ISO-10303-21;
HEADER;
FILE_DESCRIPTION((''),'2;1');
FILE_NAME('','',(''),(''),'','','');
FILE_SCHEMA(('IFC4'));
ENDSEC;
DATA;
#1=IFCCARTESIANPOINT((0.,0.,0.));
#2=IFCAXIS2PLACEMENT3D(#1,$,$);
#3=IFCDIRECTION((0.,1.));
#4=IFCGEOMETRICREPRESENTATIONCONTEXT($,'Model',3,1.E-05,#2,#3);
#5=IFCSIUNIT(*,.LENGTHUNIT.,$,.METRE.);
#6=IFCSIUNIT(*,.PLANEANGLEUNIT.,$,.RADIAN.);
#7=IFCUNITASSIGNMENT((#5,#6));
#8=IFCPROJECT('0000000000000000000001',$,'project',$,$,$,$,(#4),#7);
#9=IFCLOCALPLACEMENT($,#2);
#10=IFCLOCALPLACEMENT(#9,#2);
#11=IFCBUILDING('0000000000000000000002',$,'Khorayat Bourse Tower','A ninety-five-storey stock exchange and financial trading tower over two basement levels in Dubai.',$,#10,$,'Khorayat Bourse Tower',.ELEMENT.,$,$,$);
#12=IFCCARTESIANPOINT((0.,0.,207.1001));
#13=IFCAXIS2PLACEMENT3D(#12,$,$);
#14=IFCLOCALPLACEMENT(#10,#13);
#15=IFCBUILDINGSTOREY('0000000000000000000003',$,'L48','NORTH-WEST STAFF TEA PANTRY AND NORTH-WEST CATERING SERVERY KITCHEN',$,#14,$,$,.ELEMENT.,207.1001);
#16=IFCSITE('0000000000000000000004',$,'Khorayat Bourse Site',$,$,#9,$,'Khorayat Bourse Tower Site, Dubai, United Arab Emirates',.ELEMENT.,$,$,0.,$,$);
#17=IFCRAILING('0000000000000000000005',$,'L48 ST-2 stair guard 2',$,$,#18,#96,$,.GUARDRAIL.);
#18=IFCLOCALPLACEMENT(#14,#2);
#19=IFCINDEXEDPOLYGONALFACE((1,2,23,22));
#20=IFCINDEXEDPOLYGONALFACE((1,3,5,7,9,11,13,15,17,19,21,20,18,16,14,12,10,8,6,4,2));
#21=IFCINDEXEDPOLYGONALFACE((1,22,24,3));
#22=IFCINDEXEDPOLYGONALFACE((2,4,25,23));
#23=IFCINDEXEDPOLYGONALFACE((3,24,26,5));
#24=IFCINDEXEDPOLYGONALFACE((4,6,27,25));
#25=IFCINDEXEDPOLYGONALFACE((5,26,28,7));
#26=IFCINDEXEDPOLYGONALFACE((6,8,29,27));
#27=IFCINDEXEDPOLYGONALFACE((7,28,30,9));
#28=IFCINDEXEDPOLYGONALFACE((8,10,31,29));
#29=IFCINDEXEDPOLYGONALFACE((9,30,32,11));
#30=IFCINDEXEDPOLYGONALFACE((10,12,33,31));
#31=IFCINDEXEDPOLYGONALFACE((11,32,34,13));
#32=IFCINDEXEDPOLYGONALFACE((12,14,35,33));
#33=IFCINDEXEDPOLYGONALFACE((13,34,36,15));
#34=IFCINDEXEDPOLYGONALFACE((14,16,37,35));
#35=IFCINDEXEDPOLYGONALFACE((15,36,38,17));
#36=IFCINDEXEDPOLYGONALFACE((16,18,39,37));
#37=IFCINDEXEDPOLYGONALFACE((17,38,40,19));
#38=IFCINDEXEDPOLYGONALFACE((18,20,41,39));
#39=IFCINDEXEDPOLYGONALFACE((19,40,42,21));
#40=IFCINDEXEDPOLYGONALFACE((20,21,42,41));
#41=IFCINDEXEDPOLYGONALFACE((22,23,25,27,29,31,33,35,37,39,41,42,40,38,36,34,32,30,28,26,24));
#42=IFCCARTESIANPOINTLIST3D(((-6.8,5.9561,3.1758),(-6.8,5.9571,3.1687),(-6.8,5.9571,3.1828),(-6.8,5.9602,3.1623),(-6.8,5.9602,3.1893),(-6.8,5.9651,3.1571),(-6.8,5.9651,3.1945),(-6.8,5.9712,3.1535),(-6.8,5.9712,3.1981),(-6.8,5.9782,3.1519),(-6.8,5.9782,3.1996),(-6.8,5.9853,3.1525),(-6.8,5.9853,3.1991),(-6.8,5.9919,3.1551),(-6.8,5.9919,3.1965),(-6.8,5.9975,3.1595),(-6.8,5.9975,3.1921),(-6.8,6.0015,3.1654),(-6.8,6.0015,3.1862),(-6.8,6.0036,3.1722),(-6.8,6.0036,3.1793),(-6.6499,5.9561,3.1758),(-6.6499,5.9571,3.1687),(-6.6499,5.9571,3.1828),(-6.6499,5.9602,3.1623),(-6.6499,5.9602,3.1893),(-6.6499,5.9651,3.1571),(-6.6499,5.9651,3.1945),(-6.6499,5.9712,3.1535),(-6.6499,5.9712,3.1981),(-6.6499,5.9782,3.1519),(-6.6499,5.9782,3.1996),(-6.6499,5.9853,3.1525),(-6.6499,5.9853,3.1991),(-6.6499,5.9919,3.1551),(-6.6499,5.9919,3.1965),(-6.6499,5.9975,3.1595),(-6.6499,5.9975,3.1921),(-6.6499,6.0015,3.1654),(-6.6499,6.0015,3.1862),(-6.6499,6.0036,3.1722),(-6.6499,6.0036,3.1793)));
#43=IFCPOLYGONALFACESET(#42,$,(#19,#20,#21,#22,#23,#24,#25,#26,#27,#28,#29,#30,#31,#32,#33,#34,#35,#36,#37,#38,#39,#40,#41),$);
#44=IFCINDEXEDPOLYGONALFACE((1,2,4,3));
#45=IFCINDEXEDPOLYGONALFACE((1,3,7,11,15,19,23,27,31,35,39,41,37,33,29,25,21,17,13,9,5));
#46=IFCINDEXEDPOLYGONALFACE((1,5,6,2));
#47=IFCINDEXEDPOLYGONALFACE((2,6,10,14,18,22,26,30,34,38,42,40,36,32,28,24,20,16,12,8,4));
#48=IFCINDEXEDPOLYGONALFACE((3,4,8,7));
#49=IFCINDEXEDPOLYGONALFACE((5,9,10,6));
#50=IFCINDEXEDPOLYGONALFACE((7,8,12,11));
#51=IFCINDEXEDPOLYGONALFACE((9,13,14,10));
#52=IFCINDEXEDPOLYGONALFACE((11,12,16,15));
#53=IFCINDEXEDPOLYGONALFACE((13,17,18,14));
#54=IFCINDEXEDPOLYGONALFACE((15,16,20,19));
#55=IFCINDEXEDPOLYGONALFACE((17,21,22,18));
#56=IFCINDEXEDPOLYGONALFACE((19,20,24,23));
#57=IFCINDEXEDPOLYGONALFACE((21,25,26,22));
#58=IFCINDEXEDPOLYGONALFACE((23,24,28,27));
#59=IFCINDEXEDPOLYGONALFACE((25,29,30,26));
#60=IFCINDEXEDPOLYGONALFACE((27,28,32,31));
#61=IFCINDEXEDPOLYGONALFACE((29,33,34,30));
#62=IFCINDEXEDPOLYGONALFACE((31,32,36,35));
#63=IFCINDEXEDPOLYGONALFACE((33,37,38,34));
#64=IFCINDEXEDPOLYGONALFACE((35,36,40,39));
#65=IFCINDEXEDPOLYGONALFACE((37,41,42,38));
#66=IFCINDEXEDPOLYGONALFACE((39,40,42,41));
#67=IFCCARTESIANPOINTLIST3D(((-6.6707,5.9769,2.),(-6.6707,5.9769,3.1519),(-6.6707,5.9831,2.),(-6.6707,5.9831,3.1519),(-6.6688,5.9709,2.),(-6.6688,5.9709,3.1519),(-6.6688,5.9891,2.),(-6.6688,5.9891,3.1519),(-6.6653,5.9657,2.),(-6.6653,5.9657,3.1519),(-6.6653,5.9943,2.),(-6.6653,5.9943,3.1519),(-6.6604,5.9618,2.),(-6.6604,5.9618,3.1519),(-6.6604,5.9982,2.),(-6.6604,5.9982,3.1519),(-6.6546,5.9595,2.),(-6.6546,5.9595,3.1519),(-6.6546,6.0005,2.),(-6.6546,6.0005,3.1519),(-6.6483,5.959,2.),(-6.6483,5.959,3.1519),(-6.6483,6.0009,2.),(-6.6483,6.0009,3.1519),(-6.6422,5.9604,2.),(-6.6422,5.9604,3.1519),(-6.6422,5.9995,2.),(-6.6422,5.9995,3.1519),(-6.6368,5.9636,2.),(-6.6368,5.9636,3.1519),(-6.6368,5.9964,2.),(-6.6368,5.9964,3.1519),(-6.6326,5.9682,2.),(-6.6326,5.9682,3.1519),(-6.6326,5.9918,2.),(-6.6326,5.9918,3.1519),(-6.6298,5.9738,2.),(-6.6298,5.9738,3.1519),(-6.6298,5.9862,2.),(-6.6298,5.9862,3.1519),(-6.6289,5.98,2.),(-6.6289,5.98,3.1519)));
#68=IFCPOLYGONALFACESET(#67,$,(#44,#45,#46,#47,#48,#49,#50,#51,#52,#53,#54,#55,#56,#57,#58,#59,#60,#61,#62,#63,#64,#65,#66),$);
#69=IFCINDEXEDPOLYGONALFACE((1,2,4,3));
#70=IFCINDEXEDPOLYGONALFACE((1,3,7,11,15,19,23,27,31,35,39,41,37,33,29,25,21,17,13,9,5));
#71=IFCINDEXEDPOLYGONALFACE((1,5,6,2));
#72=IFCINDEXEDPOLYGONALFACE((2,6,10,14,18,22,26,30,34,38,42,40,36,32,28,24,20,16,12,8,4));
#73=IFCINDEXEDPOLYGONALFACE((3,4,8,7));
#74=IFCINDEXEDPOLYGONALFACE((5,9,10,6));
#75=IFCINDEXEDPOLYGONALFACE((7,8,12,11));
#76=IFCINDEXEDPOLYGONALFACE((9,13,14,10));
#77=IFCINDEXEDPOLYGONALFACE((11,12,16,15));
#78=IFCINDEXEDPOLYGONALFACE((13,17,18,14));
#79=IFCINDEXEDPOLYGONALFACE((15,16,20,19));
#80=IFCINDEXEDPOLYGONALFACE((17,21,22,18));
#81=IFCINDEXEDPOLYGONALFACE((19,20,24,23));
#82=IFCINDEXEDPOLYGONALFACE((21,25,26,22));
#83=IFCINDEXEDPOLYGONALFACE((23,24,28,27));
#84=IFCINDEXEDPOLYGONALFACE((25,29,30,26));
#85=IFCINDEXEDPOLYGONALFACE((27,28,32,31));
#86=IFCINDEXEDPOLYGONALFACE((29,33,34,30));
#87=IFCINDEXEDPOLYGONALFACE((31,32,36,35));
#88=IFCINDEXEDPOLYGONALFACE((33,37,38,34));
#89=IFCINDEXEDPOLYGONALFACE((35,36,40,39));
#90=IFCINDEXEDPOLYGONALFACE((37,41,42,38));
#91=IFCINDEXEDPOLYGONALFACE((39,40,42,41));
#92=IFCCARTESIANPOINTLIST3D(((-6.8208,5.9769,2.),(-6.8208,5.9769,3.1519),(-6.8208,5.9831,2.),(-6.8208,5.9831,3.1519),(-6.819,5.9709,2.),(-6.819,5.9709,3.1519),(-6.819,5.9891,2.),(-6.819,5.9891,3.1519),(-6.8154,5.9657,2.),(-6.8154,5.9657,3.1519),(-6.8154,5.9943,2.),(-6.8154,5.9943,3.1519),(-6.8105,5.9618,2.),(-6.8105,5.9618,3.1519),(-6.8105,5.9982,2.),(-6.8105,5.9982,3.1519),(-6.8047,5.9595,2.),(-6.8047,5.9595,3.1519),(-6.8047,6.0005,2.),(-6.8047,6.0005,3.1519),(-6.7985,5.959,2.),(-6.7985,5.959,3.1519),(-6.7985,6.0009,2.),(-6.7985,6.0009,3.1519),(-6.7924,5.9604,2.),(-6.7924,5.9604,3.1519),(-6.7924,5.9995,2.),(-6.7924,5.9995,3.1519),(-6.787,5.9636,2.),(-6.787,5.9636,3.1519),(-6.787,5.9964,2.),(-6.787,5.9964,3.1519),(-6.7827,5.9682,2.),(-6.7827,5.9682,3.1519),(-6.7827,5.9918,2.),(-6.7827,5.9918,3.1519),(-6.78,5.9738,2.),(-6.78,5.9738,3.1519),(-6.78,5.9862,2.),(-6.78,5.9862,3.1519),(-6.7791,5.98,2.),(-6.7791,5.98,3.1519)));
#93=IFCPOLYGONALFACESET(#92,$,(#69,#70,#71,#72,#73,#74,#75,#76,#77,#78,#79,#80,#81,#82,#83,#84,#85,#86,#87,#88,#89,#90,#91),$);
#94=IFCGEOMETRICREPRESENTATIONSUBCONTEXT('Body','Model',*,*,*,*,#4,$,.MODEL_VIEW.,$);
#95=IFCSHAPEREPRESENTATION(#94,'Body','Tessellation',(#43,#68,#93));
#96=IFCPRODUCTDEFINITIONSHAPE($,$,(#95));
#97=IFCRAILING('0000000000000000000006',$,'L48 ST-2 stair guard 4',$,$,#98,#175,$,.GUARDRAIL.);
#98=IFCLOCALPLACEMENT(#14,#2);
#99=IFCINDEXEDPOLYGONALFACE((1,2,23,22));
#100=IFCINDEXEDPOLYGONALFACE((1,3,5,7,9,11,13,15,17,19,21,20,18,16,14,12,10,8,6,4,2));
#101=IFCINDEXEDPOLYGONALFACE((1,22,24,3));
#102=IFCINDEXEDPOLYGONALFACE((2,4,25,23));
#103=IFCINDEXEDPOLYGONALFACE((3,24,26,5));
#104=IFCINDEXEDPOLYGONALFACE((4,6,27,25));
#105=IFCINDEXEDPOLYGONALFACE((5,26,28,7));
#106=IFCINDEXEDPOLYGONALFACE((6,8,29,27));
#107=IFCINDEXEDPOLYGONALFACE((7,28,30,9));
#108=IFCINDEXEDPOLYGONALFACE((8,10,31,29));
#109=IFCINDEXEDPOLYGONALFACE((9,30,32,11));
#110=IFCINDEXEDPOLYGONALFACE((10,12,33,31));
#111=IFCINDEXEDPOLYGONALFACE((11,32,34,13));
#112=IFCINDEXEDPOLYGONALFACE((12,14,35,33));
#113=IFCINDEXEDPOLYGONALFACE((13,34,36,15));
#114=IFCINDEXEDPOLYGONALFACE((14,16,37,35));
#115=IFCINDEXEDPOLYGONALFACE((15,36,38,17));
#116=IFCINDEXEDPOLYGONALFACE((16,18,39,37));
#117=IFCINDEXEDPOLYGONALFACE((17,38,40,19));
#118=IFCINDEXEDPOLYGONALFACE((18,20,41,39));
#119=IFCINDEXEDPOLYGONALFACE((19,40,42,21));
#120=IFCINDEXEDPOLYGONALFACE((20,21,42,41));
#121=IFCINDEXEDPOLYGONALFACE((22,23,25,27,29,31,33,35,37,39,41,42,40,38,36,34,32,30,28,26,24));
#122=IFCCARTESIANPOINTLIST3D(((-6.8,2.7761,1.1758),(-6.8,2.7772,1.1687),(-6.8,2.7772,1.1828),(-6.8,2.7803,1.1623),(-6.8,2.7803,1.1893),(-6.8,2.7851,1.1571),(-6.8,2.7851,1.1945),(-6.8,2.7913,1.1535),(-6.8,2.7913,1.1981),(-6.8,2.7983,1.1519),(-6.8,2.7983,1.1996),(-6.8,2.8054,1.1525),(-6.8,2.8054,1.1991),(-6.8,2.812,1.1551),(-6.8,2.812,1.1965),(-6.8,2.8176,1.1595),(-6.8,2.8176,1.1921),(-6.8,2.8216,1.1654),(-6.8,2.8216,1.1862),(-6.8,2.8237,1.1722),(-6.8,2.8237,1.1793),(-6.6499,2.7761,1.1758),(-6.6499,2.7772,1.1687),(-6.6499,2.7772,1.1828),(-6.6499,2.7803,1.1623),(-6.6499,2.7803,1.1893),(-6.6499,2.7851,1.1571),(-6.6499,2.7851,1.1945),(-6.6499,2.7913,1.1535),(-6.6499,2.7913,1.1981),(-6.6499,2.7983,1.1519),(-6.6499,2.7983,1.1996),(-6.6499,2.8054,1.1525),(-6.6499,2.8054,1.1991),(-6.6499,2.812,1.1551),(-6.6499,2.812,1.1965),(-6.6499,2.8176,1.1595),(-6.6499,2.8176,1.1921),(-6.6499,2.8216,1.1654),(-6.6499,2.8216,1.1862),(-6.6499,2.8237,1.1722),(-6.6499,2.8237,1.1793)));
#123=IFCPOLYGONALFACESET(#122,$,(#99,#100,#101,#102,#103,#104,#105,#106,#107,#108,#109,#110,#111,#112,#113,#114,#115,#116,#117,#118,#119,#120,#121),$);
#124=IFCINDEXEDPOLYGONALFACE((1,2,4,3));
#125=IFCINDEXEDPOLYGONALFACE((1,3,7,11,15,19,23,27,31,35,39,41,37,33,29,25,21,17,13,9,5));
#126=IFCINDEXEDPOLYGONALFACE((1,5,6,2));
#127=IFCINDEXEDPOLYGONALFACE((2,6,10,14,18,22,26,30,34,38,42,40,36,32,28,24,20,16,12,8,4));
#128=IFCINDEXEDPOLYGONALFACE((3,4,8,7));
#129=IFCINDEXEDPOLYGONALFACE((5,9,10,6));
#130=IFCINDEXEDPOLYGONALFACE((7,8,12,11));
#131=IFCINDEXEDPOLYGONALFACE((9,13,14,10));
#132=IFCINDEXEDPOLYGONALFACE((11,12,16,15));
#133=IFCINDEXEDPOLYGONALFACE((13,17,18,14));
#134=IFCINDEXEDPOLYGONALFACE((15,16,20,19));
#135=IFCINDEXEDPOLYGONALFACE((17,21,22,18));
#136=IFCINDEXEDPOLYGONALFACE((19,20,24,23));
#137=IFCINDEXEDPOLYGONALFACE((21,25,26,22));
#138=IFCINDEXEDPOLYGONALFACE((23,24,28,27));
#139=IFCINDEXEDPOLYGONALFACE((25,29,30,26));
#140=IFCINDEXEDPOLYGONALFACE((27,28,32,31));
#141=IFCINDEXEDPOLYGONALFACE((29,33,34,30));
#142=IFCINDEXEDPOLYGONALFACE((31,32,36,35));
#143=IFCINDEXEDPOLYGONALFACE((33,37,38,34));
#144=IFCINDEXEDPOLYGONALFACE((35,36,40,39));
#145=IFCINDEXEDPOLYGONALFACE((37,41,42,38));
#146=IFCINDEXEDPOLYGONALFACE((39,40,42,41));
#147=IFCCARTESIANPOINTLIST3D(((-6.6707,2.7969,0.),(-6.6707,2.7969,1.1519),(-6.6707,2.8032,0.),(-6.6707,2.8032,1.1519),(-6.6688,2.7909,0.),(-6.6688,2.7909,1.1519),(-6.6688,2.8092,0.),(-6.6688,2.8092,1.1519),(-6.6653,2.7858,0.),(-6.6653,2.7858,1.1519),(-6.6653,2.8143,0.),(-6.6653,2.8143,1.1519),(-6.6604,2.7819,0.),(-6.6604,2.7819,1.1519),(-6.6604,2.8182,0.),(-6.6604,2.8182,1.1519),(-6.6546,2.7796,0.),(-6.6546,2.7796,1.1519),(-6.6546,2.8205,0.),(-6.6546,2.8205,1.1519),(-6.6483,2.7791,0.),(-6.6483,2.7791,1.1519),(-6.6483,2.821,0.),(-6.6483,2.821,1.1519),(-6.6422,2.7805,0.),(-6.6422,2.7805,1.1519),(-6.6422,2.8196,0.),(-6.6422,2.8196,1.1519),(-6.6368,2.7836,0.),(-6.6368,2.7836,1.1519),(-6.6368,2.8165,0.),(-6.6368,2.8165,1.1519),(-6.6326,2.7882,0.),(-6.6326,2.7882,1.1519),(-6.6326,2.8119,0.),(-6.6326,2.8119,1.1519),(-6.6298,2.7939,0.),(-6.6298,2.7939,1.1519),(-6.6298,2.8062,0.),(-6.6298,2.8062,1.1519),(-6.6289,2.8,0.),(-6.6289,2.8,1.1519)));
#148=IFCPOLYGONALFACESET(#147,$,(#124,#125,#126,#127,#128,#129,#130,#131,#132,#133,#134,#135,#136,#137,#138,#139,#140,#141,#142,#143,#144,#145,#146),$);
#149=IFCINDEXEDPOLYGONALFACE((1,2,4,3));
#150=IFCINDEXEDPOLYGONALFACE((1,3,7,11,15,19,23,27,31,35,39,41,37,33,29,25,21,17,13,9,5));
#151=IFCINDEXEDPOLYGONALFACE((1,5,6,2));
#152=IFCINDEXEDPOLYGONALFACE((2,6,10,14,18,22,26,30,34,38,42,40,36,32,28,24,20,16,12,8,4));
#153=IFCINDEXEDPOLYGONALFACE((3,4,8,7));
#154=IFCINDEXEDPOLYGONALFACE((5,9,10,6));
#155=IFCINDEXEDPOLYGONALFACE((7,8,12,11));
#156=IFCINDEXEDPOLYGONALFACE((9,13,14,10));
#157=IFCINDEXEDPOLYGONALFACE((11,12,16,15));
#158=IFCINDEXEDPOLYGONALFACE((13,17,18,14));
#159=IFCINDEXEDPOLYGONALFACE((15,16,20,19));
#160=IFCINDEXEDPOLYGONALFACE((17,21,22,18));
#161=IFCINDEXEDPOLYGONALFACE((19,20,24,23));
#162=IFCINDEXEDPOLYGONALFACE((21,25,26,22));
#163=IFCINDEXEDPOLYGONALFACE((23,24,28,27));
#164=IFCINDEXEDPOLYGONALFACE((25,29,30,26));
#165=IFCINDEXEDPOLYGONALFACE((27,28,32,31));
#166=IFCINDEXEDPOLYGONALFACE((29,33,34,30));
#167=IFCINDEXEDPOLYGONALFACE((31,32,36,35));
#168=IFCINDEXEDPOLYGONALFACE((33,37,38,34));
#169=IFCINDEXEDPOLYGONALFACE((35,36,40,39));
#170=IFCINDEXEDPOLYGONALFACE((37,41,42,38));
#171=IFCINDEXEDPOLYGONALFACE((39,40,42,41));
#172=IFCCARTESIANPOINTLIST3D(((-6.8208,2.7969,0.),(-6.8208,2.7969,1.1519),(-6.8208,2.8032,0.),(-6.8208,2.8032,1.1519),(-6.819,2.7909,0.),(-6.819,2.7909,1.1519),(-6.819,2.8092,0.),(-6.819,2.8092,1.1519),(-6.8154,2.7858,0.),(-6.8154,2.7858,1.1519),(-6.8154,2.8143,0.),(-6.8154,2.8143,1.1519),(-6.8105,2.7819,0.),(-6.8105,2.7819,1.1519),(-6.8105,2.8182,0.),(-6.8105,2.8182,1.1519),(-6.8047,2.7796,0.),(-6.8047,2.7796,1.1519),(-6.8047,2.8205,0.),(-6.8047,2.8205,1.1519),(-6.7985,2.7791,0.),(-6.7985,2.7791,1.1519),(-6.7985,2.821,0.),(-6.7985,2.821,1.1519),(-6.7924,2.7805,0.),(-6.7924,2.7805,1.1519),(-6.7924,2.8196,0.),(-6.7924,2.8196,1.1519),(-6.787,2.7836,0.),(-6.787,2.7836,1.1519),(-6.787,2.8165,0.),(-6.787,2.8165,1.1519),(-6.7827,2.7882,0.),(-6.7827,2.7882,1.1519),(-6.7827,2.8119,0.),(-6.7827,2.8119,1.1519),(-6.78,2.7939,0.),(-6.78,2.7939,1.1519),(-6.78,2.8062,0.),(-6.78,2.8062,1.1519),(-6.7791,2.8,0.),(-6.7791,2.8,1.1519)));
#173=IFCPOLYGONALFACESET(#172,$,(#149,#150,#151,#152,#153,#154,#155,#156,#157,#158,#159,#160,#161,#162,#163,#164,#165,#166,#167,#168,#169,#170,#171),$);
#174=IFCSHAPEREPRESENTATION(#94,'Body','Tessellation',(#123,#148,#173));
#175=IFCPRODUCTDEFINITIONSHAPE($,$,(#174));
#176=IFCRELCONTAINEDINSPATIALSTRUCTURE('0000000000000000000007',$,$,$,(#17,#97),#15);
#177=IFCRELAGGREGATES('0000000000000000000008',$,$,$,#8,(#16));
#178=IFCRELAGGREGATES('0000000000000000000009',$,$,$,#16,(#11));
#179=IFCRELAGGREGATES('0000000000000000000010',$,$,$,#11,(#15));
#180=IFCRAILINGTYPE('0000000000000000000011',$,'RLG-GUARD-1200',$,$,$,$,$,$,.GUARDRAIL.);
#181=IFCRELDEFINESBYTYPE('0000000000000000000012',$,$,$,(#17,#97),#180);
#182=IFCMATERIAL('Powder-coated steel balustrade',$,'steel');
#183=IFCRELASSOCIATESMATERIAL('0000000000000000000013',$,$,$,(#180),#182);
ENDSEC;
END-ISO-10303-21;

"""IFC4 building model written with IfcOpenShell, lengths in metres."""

from ifc_helpers import new_model, si_unit, direction, frame, origin, origin_2d, place, context, subcontext, project, spatial, circle, extrude, source, transform, mapped, material, type_object, element, save


model = new_model("IFC4")

# Units and contexts
model_context = context("Model", 3, precision=1e-05, world=origin(), true_north=direction((0.0, 1.0)))
body_context = subcontext(model_context, "Body", "Model", "MODEL_VIEW")
ifc_project = project(units=[si_unit("LENGTHUNIT", "METRE"), si_unit("PLANEANGLEUNIT", "RADIAN")], contexts=[model_context])

# Site, building, storey
site_placement = place(None, origin())
site = spatial("IfcSite", under=ifc_project, at=site_placement, Name="Khorayat Bourse Site", LongName="Khorayat Bourse Tower Site, Dubai, United Arab Emirates", CompositionType="ELEMENT", RefElevation=0.0)
building_placement = place(site_placement, origin())
building = spatial("IfcBuilding", under=site, at=building_placement, Name="Khorayat Bourse Tower", Description="A ninety-five-storey stock exchange and financial trading tower over two basement levels in Dubai.", LongName="Khorayat Bourse Tower", CompositionType="ELEMENT")
storey_placement = place(building_placement, frame((0.0, 0.0, 207.1001)))
storey = spatial("IfcBuildingStorey", under=building, at=storey_placement, Name="L48", Description="NORTH-WEST STAFF TEA PANTRY AND NORTH-WEST CATERING SERVERY KITCHEN", CompositionType="ELEMENT", Elevation=207.1001)

# Railings
ifc_material_1 = material(Name="Powder-coated steel balustrade", Category="steel")
railing_type_1 = type_object("IfcRailingType", Name="RLG-GUARD-1200", PredefinedType="GUARDRAIL", material=ifc_material_1)
shared_shape_1 = source(origin(), body_context, "Body", "SweptSolid", [
    extrude(circle(Radius=0.0239, at=origin_2d()), frame((0.0, 0.0, 1.1758), z_axis=(-1.0, 0.0, 0.0), x_axis=(0.0, -1.0, 0.0)), (0.0, 0.0, 1.0), 0.1501),
    extrude(circle(Radius=0.021, at=origin_2d()), origin(), (0.0, 0.0, 1.0), 1.1519),
    extrude(circle(Radius=0.021, at=origin_2d()), frame((-0.1501, 0.0, 0.0)), (0.0, 0.0, 1.0), 1.1519),
])
for number, where, name in (
    (1, (-6.6499, 5.98, 2.0), "L48 ST-2 stair guard 2"),
    (2, (-6.6499, 2.8, 0.0), "L48 ST-2 stair guard 4"),
):
    element("IfcRailing", number, at=place(storey_placement, frame(where)), inside=storey, type_object=railing_type_1, Name=name, PredefinedType="GUARDRAIL", context=body_context, shape_type="MappedRepresentation", body=[
        mapped(shared_shape_1, transform((0.0, 0.0, 0.0), scale=1.0)),
    ])

save(model, "model.ifc")
